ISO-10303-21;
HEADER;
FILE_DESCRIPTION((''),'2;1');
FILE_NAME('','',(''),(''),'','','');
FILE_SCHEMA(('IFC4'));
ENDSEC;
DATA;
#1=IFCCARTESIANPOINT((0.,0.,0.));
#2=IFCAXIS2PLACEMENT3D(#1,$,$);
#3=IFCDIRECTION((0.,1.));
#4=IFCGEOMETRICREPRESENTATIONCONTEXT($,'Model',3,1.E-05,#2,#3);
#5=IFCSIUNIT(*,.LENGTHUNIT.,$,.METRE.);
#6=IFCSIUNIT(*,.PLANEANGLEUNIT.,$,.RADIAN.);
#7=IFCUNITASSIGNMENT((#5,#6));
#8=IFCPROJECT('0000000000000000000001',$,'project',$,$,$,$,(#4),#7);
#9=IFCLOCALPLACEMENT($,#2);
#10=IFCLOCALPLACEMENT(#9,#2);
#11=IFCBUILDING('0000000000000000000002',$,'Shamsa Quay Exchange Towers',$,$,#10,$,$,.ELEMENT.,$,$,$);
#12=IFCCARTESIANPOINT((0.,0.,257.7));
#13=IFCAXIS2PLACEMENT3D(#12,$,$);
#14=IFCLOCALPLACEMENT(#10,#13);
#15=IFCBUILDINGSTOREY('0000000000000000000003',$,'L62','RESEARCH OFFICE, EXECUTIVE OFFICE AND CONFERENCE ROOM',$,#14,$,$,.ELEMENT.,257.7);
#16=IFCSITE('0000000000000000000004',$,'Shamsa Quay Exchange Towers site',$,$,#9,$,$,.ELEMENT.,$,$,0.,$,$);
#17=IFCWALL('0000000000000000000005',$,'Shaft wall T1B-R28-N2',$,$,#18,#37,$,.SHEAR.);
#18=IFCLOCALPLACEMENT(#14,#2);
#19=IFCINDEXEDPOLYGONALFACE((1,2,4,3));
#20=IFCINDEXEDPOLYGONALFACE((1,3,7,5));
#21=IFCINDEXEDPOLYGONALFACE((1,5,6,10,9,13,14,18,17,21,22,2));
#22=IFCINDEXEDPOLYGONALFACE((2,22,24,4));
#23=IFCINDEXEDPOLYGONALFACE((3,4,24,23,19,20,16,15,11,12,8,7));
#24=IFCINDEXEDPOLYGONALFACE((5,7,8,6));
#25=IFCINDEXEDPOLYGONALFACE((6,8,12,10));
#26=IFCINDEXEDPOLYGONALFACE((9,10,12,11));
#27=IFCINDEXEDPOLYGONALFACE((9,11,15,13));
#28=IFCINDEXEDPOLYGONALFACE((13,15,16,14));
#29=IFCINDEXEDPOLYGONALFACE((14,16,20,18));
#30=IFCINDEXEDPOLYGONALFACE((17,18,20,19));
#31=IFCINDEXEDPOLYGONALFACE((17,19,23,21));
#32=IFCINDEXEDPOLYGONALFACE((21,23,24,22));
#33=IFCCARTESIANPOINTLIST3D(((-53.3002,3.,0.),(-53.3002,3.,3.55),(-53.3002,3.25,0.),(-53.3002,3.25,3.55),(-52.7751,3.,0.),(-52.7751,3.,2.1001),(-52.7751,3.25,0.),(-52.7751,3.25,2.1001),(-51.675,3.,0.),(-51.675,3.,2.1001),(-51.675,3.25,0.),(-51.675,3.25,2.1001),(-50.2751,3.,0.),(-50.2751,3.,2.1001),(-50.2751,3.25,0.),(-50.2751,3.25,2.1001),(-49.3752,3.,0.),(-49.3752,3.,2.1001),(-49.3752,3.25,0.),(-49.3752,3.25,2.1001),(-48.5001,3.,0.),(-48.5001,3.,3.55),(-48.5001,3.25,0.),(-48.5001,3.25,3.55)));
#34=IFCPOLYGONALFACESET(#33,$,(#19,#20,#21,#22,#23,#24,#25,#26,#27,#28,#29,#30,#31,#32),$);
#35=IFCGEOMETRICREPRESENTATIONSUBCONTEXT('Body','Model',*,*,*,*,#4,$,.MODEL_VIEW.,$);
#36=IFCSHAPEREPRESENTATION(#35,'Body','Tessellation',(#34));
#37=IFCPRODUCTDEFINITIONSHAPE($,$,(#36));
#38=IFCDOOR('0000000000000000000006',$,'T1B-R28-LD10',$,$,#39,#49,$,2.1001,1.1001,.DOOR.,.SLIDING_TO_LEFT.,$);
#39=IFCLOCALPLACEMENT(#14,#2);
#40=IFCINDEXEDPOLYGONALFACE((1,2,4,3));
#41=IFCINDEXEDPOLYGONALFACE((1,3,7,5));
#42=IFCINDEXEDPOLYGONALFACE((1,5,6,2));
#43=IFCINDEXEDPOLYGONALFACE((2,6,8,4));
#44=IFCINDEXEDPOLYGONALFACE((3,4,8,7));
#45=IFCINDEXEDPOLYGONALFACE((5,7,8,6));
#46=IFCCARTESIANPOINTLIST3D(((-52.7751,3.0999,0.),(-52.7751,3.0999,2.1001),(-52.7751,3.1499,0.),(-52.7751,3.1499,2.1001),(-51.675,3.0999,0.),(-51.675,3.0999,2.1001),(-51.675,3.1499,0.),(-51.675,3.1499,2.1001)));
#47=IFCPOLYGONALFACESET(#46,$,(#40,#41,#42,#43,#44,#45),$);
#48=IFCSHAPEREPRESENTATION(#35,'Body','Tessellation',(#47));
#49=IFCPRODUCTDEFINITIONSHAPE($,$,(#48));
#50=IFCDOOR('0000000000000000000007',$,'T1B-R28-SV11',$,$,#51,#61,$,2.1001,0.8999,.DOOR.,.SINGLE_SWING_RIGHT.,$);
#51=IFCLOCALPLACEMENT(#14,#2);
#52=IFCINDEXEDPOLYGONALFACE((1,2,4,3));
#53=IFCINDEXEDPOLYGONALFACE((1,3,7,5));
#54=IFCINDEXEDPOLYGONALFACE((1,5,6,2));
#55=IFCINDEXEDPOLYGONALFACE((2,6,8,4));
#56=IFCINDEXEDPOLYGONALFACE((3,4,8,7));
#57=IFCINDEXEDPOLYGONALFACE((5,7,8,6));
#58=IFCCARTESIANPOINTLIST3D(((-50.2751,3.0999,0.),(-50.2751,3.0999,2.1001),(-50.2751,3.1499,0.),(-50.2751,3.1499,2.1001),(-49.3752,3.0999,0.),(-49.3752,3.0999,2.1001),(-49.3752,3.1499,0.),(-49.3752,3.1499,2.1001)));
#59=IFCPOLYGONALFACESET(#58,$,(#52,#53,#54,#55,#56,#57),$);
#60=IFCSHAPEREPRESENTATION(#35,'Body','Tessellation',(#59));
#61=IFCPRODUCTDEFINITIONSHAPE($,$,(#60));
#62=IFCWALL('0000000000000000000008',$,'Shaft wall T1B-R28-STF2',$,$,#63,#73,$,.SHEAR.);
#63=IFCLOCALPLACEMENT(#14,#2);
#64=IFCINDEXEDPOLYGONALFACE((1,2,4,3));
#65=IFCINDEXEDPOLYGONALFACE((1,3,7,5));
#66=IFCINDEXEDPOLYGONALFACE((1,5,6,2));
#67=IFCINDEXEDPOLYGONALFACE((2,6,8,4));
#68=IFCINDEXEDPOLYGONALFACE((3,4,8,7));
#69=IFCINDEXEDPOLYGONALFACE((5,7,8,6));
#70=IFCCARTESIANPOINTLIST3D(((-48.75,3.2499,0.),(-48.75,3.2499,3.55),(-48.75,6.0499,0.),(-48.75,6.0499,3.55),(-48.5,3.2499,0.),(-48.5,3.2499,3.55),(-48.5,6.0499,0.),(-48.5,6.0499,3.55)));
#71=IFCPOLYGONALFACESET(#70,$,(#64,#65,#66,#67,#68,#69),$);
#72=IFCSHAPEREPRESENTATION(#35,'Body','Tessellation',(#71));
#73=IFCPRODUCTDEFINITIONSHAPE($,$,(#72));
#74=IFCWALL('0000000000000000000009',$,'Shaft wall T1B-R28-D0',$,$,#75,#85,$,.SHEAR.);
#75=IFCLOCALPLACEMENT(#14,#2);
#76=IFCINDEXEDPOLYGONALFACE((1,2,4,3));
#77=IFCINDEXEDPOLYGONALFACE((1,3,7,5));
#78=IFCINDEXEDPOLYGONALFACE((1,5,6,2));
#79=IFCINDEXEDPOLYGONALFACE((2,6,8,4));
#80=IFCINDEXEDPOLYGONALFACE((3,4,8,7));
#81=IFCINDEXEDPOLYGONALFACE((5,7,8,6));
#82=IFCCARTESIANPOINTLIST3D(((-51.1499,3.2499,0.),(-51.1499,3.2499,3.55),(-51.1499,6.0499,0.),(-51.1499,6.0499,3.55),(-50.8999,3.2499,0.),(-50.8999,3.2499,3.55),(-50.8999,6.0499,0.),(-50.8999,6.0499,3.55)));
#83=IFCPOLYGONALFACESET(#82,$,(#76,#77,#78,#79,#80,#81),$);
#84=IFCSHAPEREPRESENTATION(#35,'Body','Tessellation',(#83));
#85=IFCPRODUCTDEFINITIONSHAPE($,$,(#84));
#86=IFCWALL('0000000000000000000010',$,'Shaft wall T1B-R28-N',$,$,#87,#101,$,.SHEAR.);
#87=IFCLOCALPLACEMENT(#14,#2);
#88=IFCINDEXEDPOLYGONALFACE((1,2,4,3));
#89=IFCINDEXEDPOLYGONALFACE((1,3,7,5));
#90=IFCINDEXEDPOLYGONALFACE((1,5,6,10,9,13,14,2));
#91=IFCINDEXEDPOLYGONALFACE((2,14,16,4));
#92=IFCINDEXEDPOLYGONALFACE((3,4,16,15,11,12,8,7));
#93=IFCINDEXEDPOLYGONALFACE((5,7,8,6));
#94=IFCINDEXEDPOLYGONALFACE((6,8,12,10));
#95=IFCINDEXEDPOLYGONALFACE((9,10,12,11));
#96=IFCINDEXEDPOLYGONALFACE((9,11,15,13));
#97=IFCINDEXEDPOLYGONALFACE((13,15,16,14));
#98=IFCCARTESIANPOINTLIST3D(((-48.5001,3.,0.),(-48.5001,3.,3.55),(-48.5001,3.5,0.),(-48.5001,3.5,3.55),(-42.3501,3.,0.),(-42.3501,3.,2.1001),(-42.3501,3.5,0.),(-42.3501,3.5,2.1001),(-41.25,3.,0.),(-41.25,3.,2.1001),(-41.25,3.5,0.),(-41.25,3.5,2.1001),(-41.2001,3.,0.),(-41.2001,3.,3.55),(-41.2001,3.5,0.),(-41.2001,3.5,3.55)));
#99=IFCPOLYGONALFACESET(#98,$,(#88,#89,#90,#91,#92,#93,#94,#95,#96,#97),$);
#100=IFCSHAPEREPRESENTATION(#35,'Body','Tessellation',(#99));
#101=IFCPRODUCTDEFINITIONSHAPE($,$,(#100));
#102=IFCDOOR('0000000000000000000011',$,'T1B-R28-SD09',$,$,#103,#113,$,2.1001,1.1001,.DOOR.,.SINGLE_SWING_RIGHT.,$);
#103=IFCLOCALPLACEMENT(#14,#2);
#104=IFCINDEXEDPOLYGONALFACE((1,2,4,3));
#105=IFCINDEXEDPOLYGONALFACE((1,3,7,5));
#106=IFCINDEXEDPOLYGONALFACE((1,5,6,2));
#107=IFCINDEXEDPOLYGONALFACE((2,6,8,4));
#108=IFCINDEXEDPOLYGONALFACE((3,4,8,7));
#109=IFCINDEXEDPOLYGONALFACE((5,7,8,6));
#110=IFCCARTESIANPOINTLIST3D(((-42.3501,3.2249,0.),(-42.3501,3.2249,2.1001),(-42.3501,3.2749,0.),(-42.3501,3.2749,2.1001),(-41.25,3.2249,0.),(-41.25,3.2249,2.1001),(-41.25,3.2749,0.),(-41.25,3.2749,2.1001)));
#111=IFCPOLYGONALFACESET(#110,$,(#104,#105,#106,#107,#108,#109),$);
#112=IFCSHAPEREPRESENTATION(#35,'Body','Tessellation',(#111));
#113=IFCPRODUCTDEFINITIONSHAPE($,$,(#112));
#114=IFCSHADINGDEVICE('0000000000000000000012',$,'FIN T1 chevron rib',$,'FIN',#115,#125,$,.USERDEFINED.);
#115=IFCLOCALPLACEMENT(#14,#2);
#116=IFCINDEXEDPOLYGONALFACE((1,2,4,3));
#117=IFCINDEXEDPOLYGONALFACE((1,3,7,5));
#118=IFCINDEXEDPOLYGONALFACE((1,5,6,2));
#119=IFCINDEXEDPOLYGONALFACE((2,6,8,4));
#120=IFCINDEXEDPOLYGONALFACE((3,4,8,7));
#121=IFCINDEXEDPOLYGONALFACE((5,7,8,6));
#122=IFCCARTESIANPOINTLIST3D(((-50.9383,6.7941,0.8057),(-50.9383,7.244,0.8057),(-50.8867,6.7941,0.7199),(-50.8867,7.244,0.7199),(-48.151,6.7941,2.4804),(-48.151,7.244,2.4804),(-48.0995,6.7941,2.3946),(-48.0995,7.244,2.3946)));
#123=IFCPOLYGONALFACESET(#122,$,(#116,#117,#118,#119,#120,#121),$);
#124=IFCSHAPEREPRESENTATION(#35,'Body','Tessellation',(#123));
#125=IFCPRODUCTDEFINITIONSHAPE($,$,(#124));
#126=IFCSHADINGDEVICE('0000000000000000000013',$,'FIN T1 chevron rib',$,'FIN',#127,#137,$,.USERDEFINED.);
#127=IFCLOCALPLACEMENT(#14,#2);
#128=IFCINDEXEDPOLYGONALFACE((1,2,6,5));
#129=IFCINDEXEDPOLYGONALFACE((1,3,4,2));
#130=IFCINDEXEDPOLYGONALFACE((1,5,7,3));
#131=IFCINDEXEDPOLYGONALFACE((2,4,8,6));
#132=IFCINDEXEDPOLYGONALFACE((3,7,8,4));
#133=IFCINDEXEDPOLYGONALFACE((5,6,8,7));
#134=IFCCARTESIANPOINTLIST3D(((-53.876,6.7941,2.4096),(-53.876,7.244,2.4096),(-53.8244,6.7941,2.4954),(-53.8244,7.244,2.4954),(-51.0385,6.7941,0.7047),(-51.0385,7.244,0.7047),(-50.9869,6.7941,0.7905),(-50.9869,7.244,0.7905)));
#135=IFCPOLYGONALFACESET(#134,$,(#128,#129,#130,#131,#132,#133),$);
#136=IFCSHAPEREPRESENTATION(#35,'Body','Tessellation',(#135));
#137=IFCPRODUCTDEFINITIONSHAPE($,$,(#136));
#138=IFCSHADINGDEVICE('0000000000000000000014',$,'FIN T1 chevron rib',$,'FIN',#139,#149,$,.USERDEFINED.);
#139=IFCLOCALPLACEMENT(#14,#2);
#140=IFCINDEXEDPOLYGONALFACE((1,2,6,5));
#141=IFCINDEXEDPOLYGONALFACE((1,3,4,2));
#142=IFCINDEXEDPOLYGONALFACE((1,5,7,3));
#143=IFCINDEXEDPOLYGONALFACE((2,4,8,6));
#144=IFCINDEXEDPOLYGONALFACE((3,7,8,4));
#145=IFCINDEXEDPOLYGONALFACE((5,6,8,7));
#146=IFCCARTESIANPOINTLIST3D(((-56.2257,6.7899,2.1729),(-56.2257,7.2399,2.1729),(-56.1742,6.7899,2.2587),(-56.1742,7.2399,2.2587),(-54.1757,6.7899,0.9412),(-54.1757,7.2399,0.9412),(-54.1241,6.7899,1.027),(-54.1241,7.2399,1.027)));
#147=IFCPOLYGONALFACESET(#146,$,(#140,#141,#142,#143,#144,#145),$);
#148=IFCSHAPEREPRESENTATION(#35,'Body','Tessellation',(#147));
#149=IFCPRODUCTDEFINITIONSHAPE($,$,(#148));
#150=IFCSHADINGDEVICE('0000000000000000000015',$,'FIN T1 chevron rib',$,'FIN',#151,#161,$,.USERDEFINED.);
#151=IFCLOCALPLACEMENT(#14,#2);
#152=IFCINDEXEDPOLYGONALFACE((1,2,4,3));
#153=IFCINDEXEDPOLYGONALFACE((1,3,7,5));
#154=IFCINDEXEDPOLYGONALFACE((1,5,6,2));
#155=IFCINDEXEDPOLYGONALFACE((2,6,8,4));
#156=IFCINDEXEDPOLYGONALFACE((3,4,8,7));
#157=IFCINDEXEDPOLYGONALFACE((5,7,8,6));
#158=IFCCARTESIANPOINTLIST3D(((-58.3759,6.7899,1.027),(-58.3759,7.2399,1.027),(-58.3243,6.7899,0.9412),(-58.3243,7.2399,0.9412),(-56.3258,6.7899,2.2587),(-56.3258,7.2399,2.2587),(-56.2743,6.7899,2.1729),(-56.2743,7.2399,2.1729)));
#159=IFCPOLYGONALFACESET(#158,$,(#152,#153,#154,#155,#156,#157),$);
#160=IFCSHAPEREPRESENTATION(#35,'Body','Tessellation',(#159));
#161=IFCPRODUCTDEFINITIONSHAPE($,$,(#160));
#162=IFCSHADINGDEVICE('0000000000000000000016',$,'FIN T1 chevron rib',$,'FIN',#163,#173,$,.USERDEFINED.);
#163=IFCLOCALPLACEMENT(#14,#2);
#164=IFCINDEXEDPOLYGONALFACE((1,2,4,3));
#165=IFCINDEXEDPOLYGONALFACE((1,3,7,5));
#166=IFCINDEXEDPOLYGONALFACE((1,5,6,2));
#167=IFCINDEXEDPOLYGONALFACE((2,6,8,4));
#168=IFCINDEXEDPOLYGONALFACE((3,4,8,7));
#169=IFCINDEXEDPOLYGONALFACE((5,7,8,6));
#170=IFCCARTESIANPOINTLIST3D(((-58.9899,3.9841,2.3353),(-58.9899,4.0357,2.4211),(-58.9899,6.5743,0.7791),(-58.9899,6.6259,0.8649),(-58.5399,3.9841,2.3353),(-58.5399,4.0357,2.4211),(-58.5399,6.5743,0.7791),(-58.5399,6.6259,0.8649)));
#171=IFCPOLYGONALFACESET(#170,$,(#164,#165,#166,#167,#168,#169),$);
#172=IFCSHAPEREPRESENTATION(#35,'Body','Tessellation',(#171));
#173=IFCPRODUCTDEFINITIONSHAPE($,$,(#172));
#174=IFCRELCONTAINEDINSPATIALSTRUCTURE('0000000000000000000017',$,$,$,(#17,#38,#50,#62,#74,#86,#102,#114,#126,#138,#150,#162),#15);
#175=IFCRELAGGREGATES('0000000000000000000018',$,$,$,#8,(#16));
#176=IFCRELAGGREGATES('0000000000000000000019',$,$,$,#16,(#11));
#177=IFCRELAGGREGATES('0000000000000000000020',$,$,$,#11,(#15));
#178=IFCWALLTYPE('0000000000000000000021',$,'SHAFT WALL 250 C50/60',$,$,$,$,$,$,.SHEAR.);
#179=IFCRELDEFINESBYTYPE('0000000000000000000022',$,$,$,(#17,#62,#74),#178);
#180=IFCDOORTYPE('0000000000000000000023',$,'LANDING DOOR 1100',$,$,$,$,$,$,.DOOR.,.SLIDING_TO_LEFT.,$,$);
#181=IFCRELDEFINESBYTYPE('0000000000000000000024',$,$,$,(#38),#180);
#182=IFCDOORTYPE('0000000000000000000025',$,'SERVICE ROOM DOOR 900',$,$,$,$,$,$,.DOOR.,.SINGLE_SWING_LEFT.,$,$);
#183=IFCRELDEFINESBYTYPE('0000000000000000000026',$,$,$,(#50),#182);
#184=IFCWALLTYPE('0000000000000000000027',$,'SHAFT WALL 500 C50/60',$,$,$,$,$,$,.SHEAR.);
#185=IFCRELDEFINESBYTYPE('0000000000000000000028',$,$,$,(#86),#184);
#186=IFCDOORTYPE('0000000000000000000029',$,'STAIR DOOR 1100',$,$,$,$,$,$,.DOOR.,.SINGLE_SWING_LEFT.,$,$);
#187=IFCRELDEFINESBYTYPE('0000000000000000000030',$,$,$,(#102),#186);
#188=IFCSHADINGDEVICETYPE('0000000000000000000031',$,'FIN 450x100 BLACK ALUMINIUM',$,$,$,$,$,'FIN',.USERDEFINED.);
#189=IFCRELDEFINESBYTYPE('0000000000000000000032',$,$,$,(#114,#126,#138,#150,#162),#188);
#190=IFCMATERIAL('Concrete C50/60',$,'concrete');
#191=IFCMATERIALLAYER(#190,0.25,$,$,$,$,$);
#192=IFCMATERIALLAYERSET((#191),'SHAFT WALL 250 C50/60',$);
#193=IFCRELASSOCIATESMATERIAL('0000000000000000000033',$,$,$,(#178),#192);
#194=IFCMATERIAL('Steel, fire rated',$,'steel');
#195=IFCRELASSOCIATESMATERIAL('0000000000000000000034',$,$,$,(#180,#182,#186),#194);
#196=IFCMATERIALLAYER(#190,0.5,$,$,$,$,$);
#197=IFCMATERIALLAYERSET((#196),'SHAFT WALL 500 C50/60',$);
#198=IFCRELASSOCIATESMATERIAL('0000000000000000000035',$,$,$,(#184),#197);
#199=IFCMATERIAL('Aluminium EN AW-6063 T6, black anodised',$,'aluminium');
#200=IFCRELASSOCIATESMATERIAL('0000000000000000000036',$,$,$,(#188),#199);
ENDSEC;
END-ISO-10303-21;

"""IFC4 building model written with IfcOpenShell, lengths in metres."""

from ifc_helpers import new_model, si_unit, direction, frame, frame_2d, origin, origin_2d, place, context, subcontext, project, spatial, rectangle, extrude, material, layer, layer_set, material_profile, profile_set, type_object, element, fill, save


model = new_model("IFC4")

# Units and contexts
model_context = context("Model", 3, precision=1e-05, world=origin(), true_north=direction((0.0, 1.0)))
body_context = subcontext(model_context, "Body", "Model", "MODEL_VIEW")
ifc_project = project(units=[si_unit("LENGTHUNIT", "METRE"), si_unit("PLANEANGLEUNIT", "RADIAN")], contexts=[model_context])

# Site, building, storey
site_placement = place(None, origin())
site = spatial("IfcSite", under=ifc_project, at=site_placement, Name="Shamsa Quay Exchange Towers site", CompositionType="ELEMENT", RefElevation=0.0)
building_placement = place(site_placement, origin())
building = spatial("IfcBuilding", under=site, at=building_placement, Name="Shamsa Quay Exchange Towers", CompositionType="ELEMENT")
storey_placement = place(building_placement, frame((0.0, 0.0, 257.7)))
storey = spatial("IfcBuildingStorey", under=building, at=storey_placement, Name="L62", Description="RESEARCH OFFICE, EXECUTIVE OFFICE AND CONFERENCE ROOM", CompositionType="ELEMENT", Elevation=257.7)

# Shared definitions
ifc_material_1 = material(Name="Aluminium EN AW-6063 T6, black anodised", Category="aluminium")

# Wall, openings, doors
ifc_material_2 = material(Name="Concrete C50/60", Category="concrete")
ifc_layer_1 = layer(ifc_material_2, 0.25)
ifc_layer_set_1 = layer_set([ifc_layer_1], Name="SHAFT WALL 250 C50/60")
wall_type_1 = type_object("IfcWallType", Name="SHAFT WALL 250 C50/60", PredefinedType="SHEAR", material=ifc_layer_set_1)
wall_1_placement = place(storey_placement, frame((-53.3, 3.125, 0.0)))
wall_1 = element("IfcWall", 1, at=wall_1_placement, inside=storey, type_object=wall_type_1, Name="Shaft wall T1B-R28-N2", PredefinedType="SHEAR", context=body_context, shape_type="SweptSolid", body=[
    extrude(rectangle(XDim=4.8, YDim=0.25, at=frame_2d((2.3999, 0.0))), origin(), (0.0, 0.0, 1.0), 3.55),
])
opening_1_placement = place(wall_1_placement, frame((0.5249, 0.0, 0.0)))
opening_1 = element("IfcOpeningElement", 2, at=opening_1_placement, cuts=wall_1, PredefinedType="OPENING", context=body_context, shape_type="SweptSolid", body=[
    extrude(rectangle(XDim=1.1001, YDim=2.1001, at=frame_2d((0.55, 1.05))), frame((0.0, 0.135, 0.0), z_axis=(0.0, -1.0, 0.0), x_axis=(1.0, 0.0, 0.0)), (0.0, 0.0, 1.0), 0.27),
])
opening_2_placement = place(wall_1_placement, frame((3.0249, 0.0, 0.0)))
opening_2 = element("IfcOpeningElement", 3, at=opening_2_placement, cuts=wall_1, PredefinedType="OPENING", context=body_context, shape_type="SweptSolid", body=[
    extrude(rectangle(XDim=0.8999, YDim=2.1001, at=frame_2d((0.45, 1.05))), frame((0.0, 0.135, 0.0), z_axis=(0.0, -1.0, 0.0), x_axis=(1.0, 0.0, 0.0)), (0.0, 0.0, 1.0), 0.27),
])
ifc_material_3 = material(Name="Steel, fire rated", Category="steel")
door_type_1 = type_object("IfcDoorType", Name="LANDING DOOR 1100", OperationType="SLIDING_TO_LEFT", PredefinedType="DOOR", material=ifc_material_3)
door_1_placement = place(opening_1_placement, origin())
door_1 = element("IfcDoor", 4, at=door_1_placement, inside=storey, type_object=door_type_1, Name="T1B-R28-LD10", OperationType="SLIDING_TO_LEFT", OverallHeight=2.1001, OverallWidth=1.1001, PredefinedType="DOOR", context=body_context, shape_type="SweptSolid", body=[
    extrude(rectangle(XDim=1.1001, YDim=2.1001, at=frame_2d((0.55, 1.05))), frame((0.0, 0.0249, 0.0), z_axis=(0.0, -1.0, 0.0), x_axis=(1.0, 0.0, 0.0)), (0.0, 0.0, 1.0), 0.05),
])
fill(opening_1, door_1)
door_type_2 = type_object("IfcDoorType", Name="SERVICE ROOM DOOR 900", OperationType="SINGLE_SWING_LEFT", PredefinedType="DOOR", material=ifc_material_3)
door_2_placement = place(opening_2_placement, origin())
door_2 = element("IfcDoor", 5, at=door_2_placement, inside=storey, type_object=door_type_2, Name="T1B-R28-SV11", OperationType="SINGLE_SWING_RIGHT", OverallHeight=2.1001, OverallWidth=0.8999, PredefinedType="DOOR", context=body_context, shape_type="SweptSolid", body=[
    extrude(rectangle(XDim=0.8999, YDim=2.1001, at=frame_2d((0.45, 1.05))), frame((0.0, 0.0249, 0.0), z_axis=(0.0, -1.0, 0.0), x_axis=(1.0, 0.0, 0.0)), (0.0, 0.0, 1.0), 0.05),
])
fill(opening_2, door_2)

# Walls
for number, where, z_axis, x_axis, name in (
    (6, (-48.625, 3.25, 0.0), (0.0, 0.0, 1.0), (0.0, 1.0, 0.0), "Shaft wall T1B-R28-STF2"),
    (7, (-51.0249, 3.25, 0.0), (0.0, 0.0, 1.0), (0.0, 1.0, 0.0), "Shaft wall T1B-R28-D0"),
):
    element("IfcWall", number, at=place(storey_placement, frame(where, z_axis=z_axis, x_axis=x_axis)), inside=storey, type_object=wall_type_1, Name=name, PredefinedType="SHEAR", context=body_context, shape_type="SweptSolid", body=[
        extrude(rectangle(XDim=2.8, YDim=0.25, at=frame_2d((1.3999, 0.0))), origin(), (0.0, 0.0, 1.0), 3.55),
    ])

# Wall, opening, door
ifc_layer_2 = layer(ifc_material_2, 0.5)
ifc_layer_set_2 = layer_set([ifc_layer_2], Name="SHAFT WALL 500 C50/60")
wall_type_2 = type_object("IfcWallType", Name="SHAFT WALL 500 C50/60", PredefinedType="SHEAR", material=ifc_layer_set_2)
wall_2_placement = place(storey_placement, frame((-48.5, 3.25, 0.0)))
wall_2 = element("IfcWall", 8, at=wall_2_placement, inside=storey, type_object=wall_type_2, Name="Shaft wall T1B-R28-N", PredefinedType="SHEAR", context=body_context, shape_type="SweptSolid", body=[
    extrude(rectangle(XDim=7.3, YDim=0.5, at=frame_2d((3.6499, 0.0))), origin(), (0.0, 0.0, 1.0), 3.55),
])
opening_3_placement = place(wall_2_placement, frame((6.1499, 0.0, 0.0)))
opening_3 = element("IfcOpeningElement", 9, at=opening_3_placement, cuts=wall_2, PredefinedType="OPENING", context=body_context, shape_type="SweptSolid", body=[
    extrude(rectangle(XDim=1.1001, YDim=2.1001, at=frame_2d((0.55, 1.05))), frame((0.0, 0.26, 0.0), z_axis=(0.0, -1.0, 0.0), x_axis=(1.0, 0.0, 0.0)), (0.0, 0.0, 1.0), 0.52),
])
door_type_3 = type_object("IfcDoorType", Name="STAIR DOOR 1100", OperationType="SINGLE_SWING_LEFT", PredefinedType="DOOR", material=ifc_material_3)
door_3_placement = place(opening_3_placement, origin())
door_3 = element("IfcDoor", 10, at=door_3_placement, inside=storey, type_object=door_type_3, Name="T1B-R28-SD09", OperationType="SINGLE_SWING_RIGHT", OverallHeight=2.1001, OverallWidth=1.1001, PredefinedType="DOOR", context=body_context, shape_type="SweptSolid", body=[
    extrude(rectangle(XDim=1.1001, YDim=2.1001, at=frame_2d((0.55, 1.05))), frame((0.0, 0.0249, 0.0), z_axis=(0.0, -1.0, 0.0), x_axis=(1.0, 0.0, 0.0)), (0.0, 0.0, 1.0), 0.05),
])
fill(opening_3, door_3)

# Shading devices
ifc_material_profile_1 = material_profile(ifc_material_1, rectangle(XDim=0.45, YDim=0.1001, at=origin_2d()), Name="FIN450x100")
ifc_profile_set_1 = profile_set([ifc_material_profile_1], Name="Aluminium EN AW-6063 T6, black anodised")
shading_device_type = type_object("IfcShadingDeviceType", Name="FIN 450x100 BLACK ALUMINIUM", ElementType="FIN", PredefinedType="USERDEFINED", material=ifc_profile_set_1)
shading_device_1_placement = place(storey_placement, frame((-48.1252, 7.019, 2.4375), z_axis=(-0.857168, 0.0, -0.515037), x_axis=(0.0, -1.0, 0.0)))
element("IfcShadingDevice", 11, at=shading_device_1_placement, inside=storey, type_object=shading_device_type, Name="FIN T1 chevron rib", ObjectType="FIN", PredefinedType="USERDEFINED", context=body_context, shape_type="SweptSolid", body=[
    extrude(rectangle(XDim=0.45, YDim=0.1001, at=origin_2d()), origin(), (0.0, 0.0, 1.0), 3.2517),
])
shading_device_2_placement = place(storey_placement, frame((-51.0127, 7.019, 0.7476), z_axis=(-0.857174, 0.0, 0.515027), x_axis=(0.0, -1.0, 0.0)))
element("IfcShadingDevice", 12, at=shading_device_2_placement, inside=storey, type_object=shading_device_type, Name="FIN T1 chevron rib", ObjectType="FIN", PredefinedType="USERDEFINED", context=body_context, shape_type="SweptSolid", body=[
    extrude(rectangle(XDim=0.45, YDim=0.1001, at=origin_2d()), origin(), (0.0, 0.0, 1.0), 3.3103),
])
for number, where, z_axis, x_axis, name in (
    (13, (-54.1499, 7.0149, 0.9841), (-0.857187, 0.0, 0.515006), (0.0, -1.0, 0.0), "FIN T1 chevron rib"),
    (14, (-56.3, 7.0149, 2.2158), (-0.857187, 0.0, -0.515006), (0.0, -1.0, 0.0), "FIN T1 chevron rib"),
):
    element("IfcShadingDevice", number, at=place(storey_placement, frame(where, z_axis=z_axis, x_axis=x_axis)), inside=storey, type_object=shading_device_type, Name=name, ObjectType="FIN", PredefinedType="USERDEFINED", context=body_context, shape_type="SweptSolid", body=[
        extrude(rectangle(XDim=0.45, YDim=0.1001, at=origin_2d()), origin(), (0.0, 0.0, 1.0), 2.3916),
    ])
shading_device_3_placement = place(storey_placement, frame((-58.7649, 6.6001, 0.822), z_axis=(0.0, -0.857186, 0.515007), x_axis=(1.0, 0.0, 0.0)))
element("IfcShadingDevice", 15, at=shading_device_3_placement, inside=storey, type_object=shading_device_type, Name="FIN T1 chevron rib", ObjectType="FIN", PredefinedType="USERDEFINED", context=body_context, shape_type="SweptSolid", body=[
    extrude(rectangle(XDim=0.45, YDim=0.1001, at=origin_2d()), origin(), (0.0, 0.0, 1.0), 3.0217),
])

save(model, "model.ifc")
